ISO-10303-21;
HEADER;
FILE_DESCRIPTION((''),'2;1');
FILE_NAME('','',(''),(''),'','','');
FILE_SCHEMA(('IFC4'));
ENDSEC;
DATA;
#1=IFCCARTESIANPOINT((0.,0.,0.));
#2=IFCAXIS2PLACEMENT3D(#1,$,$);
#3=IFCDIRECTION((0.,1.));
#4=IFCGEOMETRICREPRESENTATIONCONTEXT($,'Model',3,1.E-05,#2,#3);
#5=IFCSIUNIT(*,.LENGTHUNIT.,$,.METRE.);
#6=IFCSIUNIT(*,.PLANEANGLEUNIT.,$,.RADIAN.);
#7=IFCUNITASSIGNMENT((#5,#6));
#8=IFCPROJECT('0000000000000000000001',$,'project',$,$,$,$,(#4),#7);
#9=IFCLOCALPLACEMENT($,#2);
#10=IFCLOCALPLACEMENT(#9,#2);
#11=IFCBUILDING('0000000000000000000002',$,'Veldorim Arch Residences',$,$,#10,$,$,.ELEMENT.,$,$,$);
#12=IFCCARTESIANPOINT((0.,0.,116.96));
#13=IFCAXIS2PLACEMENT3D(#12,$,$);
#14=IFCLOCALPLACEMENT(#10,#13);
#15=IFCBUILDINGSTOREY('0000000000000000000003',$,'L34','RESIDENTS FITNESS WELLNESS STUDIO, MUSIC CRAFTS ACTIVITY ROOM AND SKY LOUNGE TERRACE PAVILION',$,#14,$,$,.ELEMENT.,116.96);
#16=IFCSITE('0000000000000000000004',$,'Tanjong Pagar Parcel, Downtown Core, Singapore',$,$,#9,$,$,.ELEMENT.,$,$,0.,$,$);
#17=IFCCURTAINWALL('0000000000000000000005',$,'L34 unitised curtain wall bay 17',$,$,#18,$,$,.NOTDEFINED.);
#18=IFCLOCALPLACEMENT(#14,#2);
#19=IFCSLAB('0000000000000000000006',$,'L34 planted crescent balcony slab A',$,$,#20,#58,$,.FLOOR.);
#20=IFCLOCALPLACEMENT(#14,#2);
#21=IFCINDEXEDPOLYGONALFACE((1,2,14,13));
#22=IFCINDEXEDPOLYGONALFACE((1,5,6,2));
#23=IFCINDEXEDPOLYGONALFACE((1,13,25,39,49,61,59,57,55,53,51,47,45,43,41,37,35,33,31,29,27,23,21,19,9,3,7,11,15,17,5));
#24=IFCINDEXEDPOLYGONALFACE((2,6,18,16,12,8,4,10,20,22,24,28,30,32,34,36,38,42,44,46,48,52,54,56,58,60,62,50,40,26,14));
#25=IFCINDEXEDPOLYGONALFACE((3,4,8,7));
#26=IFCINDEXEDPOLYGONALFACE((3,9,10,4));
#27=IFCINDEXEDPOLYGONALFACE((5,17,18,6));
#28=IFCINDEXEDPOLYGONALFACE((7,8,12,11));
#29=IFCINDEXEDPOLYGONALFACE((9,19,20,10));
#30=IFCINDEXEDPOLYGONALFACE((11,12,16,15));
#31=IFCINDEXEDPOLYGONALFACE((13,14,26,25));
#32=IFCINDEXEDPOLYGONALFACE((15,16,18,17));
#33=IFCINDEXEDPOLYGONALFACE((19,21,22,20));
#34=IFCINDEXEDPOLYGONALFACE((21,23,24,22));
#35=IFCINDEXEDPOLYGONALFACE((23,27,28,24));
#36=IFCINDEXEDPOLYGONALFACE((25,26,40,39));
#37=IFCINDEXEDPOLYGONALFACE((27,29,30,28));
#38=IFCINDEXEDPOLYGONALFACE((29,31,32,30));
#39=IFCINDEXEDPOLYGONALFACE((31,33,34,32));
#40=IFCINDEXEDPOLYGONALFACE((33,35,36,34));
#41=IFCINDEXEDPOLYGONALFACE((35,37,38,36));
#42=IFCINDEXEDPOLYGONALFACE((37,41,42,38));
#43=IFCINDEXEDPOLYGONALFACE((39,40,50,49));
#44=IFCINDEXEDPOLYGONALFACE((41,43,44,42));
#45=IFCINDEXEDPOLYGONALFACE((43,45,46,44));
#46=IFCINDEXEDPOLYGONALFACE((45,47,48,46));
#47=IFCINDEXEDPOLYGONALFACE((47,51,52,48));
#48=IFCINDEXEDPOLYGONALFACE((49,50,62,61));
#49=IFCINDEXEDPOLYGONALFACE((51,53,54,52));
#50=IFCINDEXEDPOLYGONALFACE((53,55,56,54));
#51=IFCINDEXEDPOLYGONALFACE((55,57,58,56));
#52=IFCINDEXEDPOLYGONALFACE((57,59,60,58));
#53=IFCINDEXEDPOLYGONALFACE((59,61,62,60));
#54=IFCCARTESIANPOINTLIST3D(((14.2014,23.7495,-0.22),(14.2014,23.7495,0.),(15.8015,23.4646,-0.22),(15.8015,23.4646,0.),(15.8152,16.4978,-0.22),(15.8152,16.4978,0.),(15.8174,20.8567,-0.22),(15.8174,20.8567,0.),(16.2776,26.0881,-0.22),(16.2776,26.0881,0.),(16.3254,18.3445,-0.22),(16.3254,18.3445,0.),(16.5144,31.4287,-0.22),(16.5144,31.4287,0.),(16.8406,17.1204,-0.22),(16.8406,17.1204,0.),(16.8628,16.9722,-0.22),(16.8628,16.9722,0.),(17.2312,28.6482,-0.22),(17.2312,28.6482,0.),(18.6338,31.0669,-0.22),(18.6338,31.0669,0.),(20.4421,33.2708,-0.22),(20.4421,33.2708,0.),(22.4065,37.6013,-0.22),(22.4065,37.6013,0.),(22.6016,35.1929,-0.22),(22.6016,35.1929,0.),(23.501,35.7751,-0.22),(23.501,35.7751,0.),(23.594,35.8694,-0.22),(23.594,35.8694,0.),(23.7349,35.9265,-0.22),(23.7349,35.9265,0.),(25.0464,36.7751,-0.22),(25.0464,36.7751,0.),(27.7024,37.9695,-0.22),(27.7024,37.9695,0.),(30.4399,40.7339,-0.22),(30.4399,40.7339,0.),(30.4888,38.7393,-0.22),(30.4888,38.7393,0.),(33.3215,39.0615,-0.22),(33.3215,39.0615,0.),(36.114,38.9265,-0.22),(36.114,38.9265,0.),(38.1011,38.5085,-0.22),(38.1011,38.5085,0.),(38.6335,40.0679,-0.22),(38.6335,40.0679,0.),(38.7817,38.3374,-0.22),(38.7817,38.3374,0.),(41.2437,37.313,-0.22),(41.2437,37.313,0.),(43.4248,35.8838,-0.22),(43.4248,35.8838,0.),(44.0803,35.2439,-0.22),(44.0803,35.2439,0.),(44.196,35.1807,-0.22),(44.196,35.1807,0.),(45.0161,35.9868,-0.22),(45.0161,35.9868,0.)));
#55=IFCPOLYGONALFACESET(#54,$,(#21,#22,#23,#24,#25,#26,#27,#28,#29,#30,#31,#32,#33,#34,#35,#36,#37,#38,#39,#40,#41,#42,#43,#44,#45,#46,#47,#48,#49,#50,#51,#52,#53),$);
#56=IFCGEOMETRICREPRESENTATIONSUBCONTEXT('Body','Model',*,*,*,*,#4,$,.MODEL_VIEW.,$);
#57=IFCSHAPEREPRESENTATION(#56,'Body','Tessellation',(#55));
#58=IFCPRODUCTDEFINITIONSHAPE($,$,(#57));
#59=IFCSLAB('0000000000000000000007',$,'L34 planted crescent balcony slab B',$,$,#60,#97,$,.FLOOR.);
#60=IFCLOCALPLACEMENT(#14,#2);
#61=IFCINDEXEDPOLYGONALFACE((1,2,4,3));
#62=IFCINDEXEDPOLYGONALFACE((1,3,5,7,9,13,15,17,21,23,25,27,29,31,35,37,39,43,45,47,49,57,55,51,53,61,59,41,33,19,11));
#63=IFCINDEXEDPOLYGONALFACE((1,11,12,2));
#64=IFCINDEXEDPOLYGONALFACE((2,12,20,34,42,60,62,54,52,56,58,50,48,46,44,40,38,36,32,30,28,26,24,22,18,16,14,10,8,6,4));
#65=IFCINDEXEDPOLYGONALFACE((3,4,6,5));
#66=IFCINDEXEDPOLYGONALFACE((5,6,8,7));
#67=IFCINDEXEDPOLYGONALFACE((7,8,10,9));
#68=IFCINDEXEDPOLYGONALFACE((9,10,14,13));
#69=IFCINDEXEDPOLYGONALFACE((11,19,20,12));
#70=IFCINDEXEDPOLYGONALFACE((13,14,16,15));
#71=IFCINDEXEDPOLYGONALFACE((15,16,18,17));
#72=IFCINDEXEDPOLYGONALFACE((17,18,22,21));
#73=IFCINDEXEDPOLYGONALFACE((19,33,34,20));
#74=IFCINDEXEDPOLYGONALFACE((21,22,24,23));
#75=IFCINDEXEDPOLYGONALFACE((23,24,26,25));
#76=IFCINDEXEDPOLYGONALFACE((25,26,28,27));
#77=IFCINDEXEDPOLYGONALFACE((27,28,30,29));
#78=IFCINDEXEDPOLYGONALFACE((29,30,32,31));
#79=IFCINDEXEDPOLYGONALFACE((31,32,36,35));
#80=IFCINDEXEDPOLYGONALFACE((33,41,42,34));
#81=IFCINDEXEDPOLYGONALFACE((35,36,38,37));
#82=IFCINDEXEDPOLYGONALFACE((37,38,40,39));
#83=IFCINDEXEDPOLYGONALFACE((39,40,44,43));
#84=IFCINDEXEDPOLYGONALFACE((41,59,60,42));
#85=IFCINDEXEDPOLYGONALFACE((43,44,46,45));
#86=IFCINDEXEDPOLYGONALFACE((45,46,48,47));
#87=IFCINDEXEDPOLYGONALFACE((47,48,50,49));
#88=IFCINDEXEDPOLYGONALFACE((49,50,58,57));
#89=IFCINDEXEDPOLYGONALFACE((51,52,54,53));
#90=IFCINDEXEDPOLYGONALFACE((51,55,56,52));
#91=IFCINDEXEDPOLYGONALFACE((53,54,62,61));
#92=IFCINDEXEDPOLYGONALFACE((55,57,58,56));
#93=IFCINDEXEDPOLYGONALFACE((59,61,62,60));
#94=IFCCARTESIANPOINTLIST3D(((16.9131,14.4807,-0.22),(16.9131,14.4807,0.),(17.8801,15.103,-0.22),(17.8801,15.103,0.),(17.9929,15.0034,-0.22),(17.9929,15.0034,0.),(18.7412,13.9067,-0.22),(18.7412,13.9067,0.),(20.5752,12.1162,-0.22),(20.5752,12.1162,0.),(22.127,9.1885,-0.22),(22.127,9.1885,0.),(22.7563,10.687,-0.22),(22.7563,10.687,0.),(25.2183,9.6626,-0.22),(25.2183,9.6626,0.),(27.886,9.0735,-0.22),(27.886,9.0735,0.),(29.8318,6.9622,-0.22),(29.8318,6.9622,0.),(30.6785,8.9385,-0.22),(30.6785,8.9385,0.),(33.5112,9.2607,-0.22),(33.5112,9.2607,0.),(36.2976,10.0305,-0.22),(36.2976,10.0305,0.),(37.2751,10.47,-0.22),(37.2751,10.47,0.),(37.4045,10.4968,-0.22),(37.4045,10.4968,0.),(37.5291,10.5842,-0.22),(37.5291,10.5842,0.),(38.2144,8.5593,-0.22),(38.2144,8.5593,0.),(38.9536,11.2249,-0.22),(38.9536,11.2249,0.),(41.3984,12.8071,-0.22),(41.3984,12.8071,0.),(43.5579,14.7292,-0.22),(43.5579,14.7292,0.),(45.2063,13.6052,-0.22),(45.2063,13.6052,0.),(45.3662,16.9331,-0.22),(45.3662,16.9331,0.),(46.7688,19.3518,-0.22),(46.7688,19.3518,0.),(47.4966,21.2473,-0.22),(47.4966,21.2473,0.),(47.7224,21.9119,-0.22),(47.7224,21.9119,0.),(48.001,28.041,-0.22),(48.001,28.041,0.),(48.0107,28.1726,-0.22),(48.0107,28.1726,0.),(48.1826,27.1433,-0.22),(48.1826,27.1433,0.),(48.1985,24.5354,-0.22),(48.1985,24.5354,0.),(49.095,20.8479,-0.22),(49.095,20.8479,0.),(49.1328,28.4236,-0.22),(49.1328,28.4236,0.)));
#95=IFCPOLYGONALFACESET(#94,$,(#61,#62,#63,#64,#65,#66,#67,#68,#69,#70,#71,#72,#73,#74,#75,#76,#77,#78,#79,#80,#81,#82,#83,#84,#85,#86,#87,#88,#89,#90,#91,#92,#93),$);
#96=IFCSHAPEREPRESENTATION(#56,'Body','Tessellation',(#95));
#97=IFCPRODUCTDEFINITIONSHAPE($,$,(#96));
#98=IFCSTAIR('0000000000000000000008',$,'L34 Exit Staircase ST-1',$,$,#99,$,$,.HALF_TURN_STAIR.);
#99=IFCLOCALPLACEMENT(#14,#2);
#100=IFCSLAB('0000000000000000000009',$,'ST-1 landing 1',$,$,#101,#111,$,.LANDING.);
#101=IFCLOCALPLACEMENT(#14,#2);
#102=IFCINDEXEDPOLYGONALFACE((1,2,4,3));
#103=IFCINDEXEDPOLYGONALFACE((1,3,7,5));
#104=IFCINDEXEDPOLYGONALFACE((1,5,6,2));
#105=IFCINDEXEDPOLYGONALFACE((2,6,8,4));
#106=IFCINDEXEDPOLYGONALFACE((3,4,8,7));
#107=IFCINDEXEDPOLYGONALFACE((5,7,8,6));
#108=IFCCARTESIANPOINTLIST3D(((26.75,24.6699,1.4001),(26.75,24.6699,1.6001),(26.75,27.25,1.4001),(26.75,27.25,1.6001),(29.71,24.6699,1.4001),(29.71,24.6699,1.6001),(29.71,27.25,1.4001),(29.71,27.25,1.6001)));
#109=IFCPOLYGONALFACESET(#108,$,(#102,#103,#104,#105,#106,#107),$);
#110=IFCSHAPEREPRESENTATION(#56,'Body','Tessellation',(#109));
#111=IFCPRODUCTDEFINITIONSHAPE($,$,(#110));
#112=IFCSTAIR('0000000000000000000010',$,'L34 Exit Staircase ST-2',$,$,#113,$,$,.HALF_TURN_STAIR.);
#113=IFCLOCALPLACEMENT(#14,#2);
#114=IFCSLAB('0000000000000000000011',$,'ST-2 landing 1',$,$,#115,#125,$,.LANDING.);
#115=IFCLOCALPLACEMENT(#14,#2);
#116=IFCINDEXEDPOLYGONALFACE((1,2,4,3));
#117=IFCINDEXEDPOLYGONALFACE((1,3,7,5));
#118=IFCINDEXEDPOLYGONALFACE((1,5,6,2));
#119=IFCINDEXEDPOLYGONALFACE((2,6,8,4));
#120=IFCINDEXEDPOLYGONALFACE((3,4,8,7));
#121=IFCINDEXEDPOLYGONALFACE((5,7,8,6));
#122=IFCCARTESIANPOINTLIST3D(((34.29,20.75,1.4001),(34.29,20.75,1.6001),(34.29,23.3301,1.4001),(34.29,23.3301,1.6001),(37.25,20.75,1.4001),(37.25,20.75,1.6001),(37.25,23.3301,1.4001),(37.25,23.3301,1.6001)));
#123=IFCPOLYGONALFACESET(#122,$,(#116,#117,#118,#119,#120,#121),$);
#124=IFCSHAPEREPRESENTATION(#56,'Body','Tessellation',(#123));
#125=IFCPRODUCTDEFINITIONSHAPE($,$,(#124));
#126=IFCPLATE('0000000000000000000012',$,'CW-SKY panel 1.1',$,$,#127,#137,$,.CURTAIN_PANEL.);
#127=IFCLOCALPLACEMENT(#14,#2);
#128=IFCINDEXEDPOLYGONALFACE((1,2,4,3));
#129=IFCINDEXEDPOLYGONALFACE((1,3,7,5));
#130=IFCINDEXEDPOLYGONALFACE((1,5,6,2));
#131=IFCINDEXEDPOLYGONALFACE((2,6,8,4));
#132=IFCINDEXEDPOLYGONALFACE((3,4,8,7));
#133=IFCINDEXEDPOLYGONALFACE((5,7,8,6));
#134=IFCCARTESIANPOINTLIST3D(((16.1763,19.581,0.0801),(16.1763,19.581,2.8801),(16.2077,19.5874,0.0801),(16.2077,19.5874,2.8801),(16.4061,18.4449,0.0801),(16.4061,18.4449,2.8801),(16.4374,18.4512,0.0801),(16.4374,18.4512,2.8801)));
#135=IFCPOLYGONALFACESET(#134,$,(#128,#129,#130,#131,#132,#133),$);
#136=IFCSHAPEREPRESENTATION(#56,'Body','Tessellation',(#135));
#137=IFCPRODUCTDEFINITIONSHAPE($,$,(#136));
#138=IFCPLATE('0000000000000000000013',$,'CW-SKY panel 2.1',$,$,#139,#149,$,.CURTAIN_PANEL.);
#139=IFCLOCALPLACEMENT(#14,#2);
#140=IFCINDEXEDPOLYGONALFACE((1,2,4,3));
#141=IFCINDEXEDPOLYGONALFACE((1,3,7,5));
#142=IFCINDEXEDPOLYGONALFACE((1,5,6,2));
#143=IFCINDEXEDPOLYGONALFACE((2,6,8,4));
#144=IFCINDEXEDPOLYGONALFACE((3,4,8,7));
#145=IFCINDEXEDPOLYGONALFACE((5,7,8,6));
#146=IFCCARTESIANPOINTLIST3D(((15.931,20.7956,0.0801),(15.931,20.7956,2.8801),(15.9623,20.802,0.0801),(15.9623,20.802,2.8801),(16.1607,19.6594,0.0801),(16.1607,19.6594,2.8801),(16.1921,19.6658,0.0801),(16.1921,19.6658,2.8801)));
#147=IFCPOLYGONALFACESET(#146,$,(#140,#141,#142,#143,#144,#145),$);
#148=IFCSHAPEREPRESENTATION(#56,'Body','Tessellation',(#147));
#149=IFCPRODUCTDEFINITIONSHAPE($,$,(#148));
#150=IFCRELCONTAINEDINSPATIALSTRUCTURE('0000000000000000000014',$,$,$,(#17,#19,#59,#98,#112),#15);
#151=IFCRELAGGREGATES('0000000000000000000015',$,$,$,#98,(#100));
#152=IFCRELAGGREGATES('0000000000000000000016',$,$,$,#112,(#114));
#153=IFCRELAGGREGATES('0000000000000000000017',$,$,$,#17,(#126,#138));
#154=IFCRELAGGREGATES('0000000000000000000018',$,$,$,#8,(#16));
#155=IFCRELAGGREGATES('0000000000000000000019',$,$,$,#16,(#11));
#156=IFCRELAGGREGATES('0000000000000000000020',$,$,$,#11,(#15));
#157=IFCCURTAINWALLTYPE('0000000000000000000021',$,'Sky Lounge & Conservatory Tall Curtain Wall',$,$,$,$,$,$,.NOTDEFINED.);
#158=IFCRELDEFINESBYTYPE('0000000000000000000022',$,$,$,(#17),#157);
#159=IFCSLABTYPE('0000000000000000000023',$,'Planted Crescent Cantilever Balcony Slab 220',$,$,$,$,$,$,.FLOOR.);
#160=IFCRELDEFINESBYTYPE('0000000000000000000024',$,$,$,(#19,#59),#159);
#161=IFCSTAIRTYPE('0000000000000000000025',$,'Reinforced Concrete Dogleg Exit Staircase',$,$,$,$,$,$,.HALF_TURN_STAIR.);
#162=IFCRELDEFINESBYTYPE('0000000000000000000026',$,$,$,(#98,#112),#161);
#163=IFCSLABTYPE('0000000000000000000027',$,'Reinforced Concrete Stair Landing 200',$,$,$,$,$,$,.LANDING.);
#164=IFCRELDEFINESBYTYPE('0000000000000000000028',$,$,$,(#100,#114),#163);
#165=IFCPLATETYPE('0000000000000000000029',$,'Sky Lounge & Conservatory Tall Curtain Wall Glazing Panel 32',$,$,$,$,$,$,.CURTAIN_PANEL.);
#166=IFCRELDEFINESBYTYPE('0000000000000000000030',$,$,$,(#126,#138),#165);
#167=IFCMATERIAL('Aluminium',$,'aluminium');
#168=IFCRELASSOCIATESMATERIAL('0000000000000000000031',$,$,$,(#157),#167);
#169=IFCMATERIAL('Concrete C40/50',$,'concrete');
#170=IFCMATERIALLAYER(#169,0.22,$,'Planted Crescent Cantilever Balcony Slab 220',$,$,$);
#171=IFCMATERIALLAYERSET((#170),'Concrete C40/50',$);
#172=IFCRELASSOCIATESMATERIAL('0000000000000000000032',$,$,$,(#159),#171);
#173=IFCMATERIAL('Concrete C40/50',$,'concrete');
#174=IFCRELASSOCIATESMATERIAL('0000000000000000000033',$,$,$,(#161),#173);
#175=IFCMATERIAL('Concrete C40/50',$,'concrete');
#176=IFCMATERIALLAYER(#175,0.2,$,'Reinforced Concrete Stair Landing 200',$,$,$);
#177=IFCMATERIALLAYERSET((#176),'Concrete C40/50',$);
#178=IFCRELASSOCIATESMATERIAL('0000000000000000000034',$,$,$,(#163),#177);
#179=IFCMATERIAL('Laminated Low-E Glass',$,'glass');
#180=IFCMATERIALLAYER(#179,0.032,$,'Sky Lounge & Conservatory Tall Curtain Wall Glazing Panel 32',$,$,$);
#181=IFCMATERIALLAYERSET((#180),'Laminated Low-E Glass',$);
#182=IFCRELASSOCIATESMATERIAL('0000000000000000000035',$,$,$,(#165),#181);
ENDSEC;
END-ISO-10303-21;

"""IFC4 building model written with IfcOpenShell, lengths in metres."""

from ifc_helpers import new_model, si_unit, direction, frame, origin, origin_2d, place, context, subcontext, project, spatial, polyline, rectangle, outline, extrude, material, layer, layer_set, type_object, element, aggregate, save


model = new_model("IFC4")

# Units and contexts
model_context = context("Model", 3, precision=1e-05, world=origin(), true_north=direction((0.0, 1.0)))
body_context = subcontext(model_context, "Body", "Model", "MODEL_VIEW")
ifc_project = project(units=[si_unit("LENGTHUNIT", "METRE"), si_unit("PLANEANGLEUNIT", "RADIAN")], contexts=[model_context])

# Site, building, storey
site_placement = place(None, origin())
site = spatial("IfcSite", under=ifc_project, at=site_placement, Name="Tanjong Pagar Parcel, Downtown Core, Singapore", CompositionType="ELEMENT", RefElevation=0.0)
building_placement = place(site_placement, origin())
building = spatial("IfcBuilding", under=site, at=building_placement, Name="Veldorim Arch Residences", CompositionType="ELEMENT")
storey_placement = place(building_placement, frame((0.0, 0.0, 116.96)))
storey = spatial("IfcBuildingStorey", under=building, at=storey_placement, Name="L34", Description="RESIDENTS FITNESS WELLNESS STUDIO, MUSIC CRAFTS ACTIVITY ROOM AND SKY LOUNGE TERRACE PAVILION", CompositionType="ELEMENT", Elevation=116.96)

# Curtain wall
ifc_material_1 = material(Name="Aluminium", Category="aluminium")
curtain_wall_type = type_object("IfcCurtainWallType", Name="Sky Lounge & Conservatory Tall Curtain Wall", PredefinedType="NOTDEFINED", material=ifc_material_1)
curtain_wall_placement = place(storey_placement, origin())
curtain_wall = element("IfcCurtainWall", 1, at=curtain_wall_placement, inside=storey, type_object=curtain_wall_type, Name="L34 unitised curtain wall bay 17", PredefinedType="NOTDEFINED")

# Slabs
ifc_material_2 = material(Name="Concrete C40/50", Category="concrete")
ifc_layer_1 = layer(ifc_material_2, 0.22, Name="Planted Crescent Cantilever Balcony Slab 220")
ifc_layer_set_1 = layer_set([ifc_layer_1], Name="Concrete C40/50")
slab_type_1 = type_object("IfcSlabType", Name="Planted Crescent Cantilever Balcony Slab 220", PredefinedType="FLOOR", material=ifc_layer_set_1)
slab_1_placement = place(storey_placement, frame((0.0, 0.0, -0.22)))
element("IfcSlab", 2, at=slab_1_placement, inside=storey, type_object=slab_type_1, Name="L34 planted crescent balcony slab A", PredefinedType="FLOOR", context=body_context, shape_type="SweptSolid", body=[
    extrude(outline(polyline([(44.0803, 35.2439), (43.4248, 35.8838), (41.2437, 37.313), (38.7817, 38.3374), (38.1011, 38.5085), (36.114, 38.9265), (33.3215, 39.0615), (30.4888, 38.7393), (27.7024, 37.9695), (25.0464, 36.7751), (23.7349, 35.9265), (23.594, 35.8694), (23.501, 35.7751), (22.6016, 35.1929), (20.4421, 33.2708), (18.6338, 31.0669), (17.2312, 28.6482), (16.2776, 26.0881), (15.8015, 23.4646), (15.8174, 20.8567), (16.3254, 18.3445), (16.8406, 17.1204), (16.8628, 16.9722), (15.8152, 16.4978), (14.2014, 23.7495), (16.5144, 31.4287), (22.4065, 37.6013), (30.4399, 40.7339), (38.6335, 40.0679), (45.0161, 35.9868), (44.196, 35.1807), (44.0803, 35.2439)])), origin(), (0.0, 0.0, 1.0), 0.22),
])
slab_2_placement = place(storey_placement, frame((0.0, 0.0, -0.22)))
element("IfcSlab", 3, at=slab_2_placement, inside=storey, type_object=slab_type_1, Name="L34 planted crescent balcony slab B", PredefinedType="FLOOR", context=body_context, shape_type="SweptSolid", body=[
    extrude(outline(polyline([(17.9929, 15.0034), (18.7412, 13.9067), (20.5752, 12.1162), (22.7563, 10.687), (25.2183, 9.6626), (27.886, 9.0735), (30.6785, 8.9385), (33.5112, 9.2607), (36.2976, 10.0305), (37.2751, 10.47), (37.4045, 10.4968), (37.5291, 10.5842), (38.9536, 11.2249), (41.3984, 12.8071), (43.5579, 14.7292), (45.3662, 16.9331), (46.7688, 19.3518), (47.4966, 21.2473), (47.7224, 21.9119), (48.1985, 24.5354), (48.1826, 27.1433), (48.001, 28.041), (48.0107, 28.1726), (49.1328, 28.4236), (49.095, 20.8479), (45.2063, 13.6052), (38.2144, 8.5593), (29.8318, 6.9622), (22.127, 9.1885), (16.9131, 14.4807), (17.8801, 15.103), (17.9929, 15.0034)])), origin(), (0.0, 0.0, 1.0), 0.22),
])

# Stairs, slabs
ifc_material_3 = material(Name="Concrete C40/50", Category="concrete")
stair_type = type_object("IfcStairType", Name="Reinforced Concrete Dogleg Exit Staircase", PredefinedType="HALF_TURN_STAIR", material=ifc_material_3)
stair_1_placement = place(storey_placement, origin())
stair_1 = element("IfcStair", 4, at=stair_1_placement, inside=storey, type_object=stair_type, Name="L34 Exit Staircase ST-1", PredefinedType="HALF_TURN_STAIR")
ifc_material_4 = material(Name="Concrete C40/50", Category="concrete")
ifc_layer_2 = layer(ifc_material_4, 0.2, Name="Reinforced Concrete Stair Landing 200")
ifc_layer_set_2 = layer_set([ifc_layer_2], Name="Concrete C40/50")
slab_type_2 = type_object("IfcSlabType", Name="Reinforced Concrete Stair Landing 200", PredefinedType="LANDING", material=ifc_layer_set_2)
slab_3_placement = place(storey_placement, frame((0.0, 0.0, 1.4001)))
slab_3 = element("IfcSlab", 5, at=slab_3_placement, type_object=slab_type_2, Name="ST-1 landing 1", PredefinedType="LANDING", context=body_context, shape_type="SweptSolid", body=[
    extrude(outline(polyline([(29.71, 24.6699), (29.71, 27.25), (26.75, 27.25), (26.75, 24.6699), (29.71, 24.6699)])), origin(), (0.0, 0.0, 1.0), 0.2),
])
aggregate(stair_1, [slab_3])
stair_2_placement = place(storey_placement, origin())
stair_2 = element("IfcStair", 6, at=stair_2_placement, inside=storey, type_object=stair_type, Name="L34 Exit Staircase ST-2", PredefinedType="HALF_TURN_STAIR")
slab_4_placement = place(storey_placement, frame((0.0, 0.0, 1.4001)))
slab_4 = element("IfcSlab", 7, at=slab_4_placement, type_object=slab_type_2, Name="ST-2 landing 1", PredefinedType="LANDING", context=body_context, shape_type="SweptSolid", body=[
    extrude(outline(polyline([(34.29, 23.3301), (34.29, 20.75), (37.25, 20.75), (37.25, 23.3301), (34.29, 23.3301)])), origin(), (0.0, 0.0, 1.0), 0.2),
])
aggregate(stair_2, [slab_4])

# Plates
ifc_material_5 = material(Name="Laminated Low-E Glass", Category="glass")
ifc_layer_3 = layer(ifc_material_5, 0.032, Name="Sky Lounge & Conservatory Tall Curtain Wall Glazing Panel 32")
ifc_layer_set_3 = layer_set([ifc_layer_3], Name="Laminated Low-E Glass")
plate_type = type_object("IfcPlateType", Name="Sky Lounge & Conservatory Tall Curtain Wall Glazing Panel 32", PredefinedType="CURTAIN_PANEL", material=ifc_layer_set_3)
plate_1_placement = place(storey_placement, frame((16.3069, 19.0161, 0.0801), z_axis=(0.0, 0.0, 1.0), x_axis=(-0.198183, 0.980165, 0.0)))
plate_1 = element("IfcPlate", 8, at=plate_1_placement, type_object=plate_type, Name="CW-SKY panel 1.1", PredefinedType="CURTAIN_PANEL", context=body_context, shape_type="SweptSolid", body=[
    extrude(rectangle(XDim=1.1592, YDim=0.032, at=origin_2d()), origin(), (0.0, 0.0, 1.0), 2.8),
])
plate_2_placement = place(storey_placement, frame((16.0615, 20.2307, 0.0801), z_axis=(0.0, 0.0, 1.0), x_axis=(-0.198183, 0.980165, 0.0)))
plate_2 = element("IfcPlate", 9, at=plate_2_placement, type_object=plate_type, Name="CW-SKY panel 2.1", PredefinedType="CURTAIN_PANEL", context=body_context, shape_type="SweptSolid", body=[
    extrude(rectangle(XDim=1.1592, YDim=0.032, at=origin_2d()), origin(), (0.0, 0.0, 1.0), 2.8),
])
aggregate(curtain_wall, [plate_1, plate_2])

save(model, "model.ifc")
